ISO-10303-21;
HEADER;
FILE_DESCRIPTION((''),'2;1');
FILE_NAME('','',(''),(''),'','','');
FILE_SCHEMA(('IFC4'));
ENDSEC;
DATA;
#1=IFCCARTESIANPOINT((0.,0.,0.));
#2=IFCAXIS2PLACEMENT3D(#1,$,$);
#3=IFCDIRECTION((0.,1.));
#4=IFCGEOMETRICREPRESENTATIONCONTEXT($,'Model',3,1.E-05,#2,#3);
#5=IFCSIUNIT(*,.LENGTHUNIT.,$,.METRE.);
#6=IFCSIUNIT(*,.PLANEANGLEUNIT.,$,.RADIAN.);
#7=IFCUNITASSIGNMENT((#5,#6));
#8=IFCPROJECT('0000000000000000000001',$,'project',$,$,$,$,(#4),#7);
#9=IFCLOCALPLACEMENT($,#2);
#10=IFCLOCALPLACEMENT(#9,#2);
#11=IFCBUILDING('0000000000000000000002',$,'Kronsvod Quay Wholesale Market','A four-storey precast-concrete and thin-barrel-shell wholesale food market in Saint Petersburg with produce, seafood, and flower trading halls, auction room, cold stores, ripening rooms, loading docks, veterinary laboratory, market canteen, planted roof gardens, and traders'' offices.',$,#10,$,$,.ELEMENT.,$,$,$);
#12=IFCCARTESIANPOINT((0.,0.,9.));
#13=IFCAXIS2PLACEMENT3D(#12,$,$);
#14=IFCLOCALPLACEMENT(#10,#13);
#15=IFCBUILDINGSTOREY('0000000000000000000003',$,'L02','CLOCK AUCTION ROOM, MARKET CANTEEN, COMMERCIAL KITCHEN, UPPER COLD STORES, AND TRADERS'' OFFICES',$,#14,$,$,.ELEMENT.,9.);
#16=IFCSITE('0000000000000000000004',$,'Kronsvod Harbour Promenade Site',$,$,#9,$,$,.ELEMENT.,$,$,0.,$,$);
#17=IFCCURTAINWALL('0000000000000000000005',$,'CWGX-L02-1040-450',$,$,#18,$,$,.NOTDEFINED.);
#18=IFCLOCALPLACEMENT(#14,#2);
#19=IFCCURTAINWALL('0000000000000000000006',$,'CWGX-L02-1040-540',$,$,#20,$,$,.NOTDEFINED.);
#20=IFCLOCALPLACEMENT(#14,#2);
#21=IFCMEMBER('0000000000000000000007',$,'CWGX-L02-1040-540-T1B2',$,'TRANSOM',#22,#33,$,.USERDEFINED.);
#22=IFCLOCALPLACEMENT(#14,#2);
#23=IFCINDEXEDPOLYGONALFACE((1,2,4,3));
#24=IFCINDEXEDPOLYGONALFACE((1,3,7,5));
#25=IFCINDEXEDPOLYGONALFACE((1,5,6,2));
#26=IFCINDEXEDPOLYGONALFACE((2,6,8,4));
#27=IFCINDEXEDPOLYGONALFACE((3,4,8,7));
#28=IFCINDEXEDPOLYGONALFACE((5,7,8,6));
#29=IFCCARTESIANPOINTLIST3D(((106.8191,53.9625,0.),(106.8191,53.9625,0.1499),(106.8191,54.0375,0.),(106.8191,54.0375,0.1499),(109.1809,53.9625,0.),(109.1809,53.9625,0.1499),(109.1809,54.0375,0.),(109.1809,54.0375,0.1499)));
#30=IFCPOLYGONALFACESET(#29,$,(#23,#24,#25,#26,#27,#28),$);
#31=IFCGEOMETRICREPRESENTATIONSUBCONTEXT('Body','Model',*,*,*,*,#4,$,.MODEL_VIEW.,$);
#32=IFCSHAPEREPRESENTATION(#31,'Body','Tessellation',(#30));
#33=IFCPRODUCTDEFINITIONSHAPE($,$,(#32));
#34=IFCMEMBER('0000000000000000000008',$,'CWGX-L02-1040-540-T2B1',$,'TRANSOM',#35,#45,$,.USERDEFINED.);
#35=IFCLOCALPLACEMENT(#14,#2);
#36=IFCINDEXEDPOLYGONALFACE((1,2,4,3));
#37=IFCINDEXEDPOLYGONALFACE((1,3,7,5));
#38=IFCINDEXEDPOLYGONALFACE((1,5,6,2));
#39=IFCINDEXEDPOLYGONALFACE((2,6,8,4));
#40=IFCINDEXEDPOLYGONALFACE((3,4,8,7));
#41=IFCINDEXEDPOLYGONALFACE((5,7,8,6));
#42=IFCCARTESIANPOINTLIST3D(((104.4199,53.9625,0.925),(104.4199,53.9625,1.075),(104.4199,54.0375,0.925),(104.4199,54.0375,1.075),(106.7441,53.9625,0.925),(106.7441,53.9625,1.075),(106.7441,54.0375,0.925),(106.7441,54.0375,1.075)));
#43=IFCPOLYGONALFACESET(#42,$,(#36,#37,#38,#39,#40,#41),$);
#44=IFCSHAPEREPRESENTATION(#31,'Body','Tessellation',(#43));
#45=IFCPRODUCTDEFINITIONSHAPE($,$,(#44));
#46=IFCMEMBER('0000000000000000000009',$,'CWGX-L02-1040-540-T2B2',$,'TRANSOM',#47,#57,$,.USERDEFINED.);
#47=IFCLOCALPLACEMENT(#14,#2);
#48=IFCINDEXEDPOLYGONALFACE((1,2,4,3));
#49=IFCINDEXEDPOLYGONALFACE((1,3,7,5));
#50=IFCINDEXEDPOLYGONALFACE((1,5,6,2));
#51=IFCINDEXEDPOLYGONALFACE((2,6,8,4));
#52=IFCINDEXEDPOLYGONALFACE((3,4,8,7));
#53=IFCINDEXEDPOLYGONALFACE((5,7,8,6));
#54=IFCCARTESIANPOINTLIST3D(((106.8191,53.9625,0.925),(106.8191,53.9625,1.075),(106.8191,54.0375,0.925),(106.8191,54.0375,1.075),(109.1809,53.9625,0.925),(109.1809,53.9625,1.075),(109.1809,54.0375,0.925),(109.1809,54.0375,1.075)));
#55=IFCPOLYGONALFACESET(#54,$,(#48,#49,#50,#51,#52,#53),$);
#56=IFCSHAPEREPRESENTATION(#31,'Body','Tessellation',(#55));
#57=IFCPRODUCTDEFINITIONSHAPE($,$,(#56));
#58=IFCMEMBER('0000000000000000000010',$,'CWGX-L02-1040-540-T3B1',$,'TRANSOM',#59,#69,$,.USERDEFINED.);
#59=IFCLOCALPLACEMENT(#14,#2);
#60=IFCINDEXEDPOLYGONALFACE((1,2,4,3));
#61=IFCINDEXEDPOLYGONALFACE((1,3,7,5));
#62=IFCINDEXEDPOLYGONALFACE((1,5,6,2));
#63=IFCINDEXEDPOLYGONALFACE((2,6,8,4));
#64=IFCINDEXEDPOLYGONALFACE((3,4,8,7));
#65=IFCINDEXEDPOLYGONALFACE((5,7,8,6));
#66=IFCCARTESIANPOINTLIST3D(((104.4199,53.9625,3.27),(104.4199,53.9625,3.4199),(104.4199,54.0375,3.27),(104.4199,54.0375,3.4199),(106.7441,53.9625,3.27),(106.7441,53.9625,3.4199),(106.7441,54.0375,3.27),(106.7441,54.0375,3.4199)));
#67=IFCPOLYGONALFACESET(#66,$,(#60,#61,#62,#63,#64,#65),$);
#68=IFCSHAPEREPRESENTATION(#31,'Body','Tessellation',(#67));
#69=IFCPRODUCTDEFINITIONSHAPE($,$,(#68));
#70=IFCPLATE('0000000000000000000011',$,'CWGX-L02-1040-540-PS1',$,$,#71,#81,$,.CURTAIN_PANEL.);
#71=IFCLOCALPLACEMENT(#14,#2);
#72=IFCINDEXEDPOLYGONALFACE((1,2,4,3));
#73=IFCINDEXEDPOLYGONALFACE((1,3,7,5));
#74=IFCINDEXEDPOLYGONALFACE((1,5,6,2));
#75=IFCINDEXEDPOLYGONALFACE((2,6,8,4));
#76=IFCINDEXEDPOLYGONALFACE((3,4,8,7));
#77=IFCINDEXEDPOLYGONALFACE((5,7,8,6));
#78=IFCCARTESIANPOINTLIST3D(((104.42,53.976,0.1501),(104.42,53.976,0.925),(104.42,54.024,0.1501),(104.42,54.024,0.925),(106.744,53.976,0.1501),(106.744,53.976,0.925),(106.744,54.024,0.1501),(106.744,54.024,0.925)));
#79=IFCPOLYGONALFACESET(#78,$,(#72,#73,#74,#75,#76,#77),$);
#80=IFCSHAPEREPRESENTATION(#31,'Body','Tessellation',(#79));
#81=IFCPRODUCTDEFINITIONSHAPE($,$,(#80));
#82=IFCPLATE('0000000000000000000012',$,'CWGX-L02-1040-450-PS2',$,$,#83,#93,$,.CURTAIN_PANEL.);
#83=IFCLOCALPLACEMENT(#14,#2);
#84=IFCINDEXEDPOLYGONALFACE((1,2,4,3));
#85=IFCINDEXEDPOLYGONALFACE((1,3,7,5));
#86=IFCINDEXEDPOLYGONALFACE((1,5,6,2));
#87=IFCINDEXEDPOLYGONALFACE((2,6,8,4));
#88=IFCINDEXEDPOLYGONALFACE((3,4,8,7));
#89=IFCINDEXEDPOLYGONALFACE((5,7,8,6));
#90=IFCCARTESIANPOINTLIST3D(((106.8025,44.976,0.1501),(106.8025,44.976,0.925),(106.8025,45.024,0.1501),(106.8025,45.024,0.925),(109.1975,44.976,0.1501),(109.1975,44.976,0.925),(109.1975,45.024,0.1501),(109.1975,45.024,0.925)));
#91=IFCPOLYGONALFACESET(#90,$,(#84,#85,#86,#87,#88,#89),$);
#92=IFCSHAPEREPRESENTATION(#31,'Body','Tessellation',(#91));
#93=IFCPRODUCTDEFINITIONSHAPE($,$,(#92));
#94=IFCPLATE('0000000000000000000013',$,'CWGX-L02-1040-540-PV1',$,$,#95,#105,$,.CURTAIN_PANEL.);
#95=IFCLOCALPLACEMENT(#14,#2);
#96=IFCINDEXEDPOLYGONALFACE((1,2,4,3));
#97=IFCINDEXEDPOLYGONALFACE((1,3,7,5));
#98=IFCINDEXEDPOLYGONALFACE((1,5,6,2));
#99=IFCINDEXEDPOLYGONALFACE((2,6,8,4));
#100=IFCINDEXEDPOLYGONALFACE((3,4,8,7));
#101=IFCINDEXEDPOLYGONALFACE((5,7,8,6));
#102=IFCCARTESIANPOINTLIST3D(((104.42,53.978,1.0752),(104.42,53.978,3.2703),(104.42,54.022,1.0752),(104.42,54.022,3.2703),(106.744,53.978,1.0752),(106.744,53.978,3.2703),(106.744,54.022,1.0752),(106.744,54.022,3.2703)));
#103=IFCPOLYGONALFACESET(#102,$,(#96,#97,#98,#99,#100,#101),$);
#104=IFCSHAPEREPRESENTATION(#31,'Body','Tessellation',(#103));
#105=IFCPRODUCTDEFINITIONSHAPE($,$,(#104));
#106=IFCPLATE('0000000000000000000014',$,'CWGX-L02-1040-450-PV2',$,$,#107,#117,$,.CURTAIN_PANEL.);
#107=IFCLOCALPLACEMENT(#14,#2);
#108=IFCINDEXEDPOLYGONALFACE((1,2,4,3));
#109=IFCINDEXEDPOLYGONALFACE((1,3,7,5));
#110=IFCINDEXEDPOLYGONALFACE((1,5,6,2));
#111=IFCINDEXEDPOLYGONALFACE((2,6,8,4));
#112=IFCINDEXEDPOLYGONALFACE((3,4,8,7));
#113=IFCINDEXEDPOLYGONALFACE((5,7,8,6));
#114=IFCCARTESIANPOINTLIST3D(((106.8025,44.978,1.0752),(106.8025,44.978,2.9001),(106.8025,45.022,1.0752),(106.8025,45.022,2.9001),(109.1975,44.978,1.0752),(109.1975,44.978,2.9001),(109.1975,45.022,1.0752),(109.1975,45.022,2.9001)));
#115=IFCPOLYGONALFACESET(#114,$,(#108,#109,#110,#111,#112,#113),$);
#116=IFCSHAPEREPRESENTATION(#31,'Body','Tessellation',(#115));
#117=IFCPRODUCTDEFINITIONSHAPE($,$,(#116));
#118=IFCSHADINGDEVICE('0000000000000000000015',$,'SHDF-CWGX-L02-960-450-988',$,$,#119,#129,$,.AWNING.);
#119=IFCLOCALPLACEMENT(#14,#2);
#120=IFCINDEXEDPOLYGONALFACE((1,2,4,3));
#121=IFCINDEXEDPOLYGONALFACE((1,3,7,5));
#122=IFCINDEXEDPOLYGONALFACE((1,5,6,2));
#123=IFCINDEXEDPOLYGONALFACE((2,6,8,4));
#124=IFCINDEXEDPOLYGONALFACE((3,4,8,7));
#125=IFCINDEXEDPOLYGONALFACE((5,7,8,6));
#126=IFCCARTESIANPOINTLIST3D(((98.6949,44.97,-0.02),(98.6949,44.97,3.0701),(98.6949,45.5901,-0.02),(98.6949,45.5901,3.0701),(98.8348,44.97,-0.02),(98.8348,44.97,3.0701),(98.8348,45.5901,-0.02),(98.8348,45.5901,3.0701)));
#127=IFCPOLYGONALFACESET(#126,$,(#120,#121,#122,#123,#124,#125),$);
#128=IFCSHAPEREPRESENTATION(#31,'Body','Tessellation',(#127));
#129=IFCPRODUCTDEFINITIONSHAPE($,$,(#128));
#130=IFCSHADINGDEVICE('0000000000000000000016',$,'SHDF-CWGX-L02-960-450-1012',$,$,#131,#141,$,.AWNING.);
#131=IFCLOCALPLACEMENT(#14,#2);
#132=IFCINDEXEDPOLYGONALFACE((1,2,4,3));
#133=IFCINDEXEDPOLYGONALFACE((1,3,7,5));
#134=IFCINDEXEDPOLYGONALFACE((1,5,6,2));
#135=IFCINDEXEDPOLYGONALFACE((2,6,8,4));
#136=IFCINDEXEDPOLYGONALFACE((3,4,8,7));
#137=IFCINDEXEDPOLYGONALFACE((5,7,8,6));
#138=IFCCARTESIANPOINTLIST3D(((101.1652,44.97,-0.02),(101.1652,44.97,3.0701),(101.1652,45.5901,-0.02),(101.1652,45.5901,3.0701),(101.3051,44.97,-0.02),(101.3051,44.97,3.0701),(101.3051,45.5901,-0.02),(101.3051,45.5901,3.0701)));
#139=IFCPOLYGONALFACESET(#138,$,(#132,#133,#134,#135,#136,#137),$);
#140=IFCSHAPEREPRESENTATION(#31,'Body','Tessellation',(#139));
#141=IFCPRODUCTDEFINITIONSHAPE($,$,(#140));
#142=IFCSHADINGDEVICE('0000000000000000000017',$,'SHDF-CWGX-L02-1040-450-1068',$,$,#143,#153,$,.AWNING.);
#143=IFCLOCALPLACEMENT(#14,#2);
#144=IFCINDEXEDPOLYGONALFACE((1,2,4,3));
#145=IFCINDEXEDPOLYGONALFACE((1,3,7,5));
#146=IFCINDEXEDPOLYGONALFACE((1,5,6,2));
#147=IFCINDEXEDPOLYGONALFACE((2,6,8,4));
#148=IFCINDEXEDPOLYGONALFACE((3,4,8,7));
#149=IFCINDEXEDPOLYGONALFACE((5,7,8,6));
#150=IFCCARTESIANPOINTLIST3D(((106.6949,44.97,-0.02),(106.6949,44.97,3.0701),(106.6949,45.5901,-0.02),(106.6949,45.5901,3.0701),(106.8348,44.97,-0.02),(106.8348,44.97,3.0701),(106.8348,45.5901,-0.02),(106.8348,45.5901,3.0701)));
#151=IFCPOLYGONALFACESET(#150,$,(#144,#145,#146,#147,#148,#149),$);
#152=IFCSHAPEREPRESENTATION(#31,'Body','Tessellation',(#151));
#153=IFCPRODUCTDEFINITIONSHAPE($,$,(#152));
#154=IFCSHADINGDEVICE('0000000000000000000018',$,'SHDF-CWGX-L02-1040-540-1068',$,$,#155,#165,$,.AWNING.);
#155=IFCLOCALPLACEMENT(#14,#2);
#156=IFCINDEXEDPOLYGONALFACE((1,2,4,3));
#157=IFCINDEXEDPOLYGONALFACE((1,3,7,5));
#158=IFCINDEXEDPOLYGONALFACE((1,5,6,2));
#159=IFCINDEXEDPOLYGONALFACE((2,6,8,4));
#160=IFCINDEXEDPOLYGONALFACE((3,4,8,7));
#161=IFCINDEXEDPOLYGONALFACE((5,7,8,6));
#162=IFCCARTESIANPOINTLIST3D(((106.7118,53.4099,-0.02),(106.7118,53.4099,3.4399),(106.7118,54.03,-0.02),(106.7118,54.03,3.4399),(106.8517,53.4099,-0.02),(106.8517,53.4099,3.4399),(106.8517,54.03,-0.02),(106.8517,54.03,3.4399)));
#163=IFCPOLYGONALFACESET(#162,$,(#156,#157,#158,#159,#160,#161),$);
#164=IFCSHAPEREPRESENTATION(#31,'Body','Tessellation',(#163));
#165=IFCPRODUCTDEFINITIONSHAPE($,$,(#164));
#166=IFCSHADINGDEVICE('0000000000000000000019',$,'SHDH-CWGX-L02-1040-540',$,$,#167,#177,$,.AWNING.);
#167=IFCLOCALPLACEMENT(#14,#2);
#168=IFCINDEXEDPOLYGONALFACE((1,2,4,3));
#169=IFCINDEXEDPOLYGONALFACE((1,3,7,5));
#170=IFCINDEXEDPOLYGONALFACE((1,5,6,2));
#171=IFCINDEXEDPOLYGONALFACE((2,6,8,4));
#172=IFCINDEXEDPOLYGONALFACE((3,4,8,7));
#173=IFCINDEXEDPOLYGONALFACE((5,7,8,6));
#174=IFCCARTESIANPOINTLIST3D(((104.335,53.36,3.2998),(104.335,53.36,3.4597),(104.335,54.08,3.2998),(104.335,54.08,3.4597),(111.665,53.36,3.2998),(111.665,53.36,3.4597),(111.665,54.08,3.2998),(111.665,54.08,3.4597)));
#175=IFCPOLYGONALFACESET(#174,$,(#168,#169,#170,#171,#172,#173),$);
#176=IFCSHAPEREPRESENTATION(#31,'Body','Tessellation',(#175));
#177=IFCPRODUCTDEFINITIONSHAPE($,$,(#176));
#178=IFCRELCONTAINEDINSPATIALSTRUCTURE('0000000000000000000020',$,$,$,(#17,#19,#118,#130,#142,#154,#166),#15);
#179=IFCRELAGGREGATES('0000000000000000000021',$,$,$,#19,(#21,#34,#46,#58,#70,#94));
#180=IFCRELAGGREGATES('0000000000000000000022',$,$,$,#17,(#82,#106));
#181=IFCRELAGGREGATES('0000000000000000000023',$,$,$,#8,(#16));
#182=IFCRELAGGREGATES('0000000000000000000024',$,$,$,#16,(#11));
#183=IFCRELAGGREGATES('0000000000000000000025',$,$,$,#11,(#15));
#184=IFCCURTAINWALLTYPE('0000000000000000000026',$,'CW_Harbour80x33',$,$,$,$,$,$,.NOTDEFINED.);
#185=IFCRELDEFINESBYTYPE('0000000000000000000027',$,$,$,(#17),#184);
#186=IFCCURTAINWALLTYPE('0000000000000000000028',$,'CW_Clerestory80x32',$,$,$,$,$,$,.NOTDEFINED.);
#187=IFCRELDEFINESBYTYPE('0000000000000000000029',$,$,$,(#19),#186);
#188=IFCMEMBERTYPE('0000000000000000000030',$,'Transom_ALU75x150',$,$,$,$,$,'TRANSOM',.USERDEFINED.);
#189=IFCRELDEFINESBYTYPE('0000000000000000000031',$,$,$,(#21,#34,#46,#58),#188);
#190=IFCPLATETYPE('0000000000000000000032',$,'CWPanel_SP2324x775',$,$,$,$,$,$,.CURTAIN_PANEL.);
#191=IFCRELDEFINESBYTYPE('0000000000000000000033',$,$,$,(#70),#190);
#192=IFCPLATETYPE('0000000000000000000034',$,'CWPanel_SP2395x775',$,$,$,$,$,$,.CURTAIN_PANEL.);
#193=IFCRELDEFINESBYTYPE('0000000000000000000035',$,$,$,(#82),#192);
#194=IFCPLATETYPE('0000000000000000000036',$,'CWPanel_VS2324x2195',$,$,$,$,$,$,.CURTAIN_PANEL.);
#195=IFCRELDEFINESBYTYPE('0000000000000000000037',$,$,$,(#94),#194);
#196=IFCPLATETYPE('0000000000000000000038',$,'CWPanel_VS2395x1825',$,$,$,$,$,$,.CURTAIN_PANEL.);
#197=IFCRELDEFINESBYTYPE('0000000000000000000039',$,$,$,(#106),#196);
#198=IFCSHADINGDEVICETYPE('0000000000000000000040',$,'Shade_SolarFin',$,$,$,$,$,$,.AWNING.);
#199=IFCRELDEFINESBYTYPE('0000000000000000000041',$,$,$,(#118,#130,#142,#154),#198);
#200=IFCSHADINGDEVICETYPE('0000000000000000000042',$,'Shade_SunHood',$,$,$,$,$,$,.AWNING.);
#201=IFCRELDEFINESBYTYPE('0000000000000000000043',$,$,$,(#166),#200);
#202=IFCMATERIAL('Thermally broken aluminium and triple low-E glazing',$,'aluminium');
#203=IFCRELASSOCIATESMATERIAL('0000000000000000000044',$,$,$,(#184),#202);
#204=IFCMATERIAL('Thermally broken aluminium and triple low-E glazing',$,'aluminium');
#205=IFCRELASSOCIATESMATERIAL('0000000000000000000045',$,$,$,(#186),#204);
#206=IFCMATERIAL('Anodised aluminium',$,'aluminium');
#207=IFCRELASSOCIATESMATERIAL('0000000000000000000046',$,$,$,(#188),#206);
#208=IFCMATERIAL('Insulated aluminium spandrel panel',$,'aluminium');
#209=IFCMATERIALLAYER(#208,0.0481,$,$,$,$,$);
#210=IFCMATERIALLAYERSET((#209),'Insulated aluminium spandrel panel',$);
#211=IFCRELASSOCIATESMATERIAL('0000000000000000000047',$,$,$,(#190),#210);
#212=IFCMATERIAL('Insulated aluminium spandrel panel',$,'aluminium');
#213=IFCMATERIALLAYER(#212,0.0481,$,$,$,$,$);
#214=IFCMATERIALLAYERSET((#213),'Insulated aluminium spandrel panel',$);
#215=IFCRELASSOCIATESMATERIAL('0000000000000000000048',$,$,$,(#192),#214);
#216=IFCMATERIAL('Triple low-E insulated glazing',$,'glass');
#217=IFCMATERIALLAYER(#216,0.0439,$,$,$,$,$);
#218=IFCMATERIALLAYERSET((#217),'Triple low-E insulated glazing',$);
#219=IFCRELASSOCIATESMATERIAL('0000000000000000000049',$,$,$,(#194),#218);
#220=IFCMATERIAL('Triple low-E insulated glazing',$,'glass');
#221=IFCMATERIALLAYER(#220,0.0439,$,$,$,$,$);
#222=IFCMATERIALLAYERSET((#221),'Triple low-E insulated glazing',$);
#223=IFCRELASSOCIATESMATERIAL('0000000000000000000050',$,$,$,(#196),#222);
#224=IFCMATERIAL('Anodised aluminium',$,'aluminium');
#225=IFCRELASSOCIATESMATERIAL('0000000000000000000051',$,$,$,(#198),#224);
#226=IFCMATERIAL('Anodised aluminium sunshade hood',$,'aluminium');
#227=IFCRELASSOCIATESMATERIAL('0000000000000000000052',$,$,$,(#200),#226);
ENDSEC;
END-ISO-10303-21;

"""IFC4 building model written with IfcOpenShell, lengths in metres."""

from ifc_helpers import new_model, si_unit, direction, frame, origin, origin_2d, place, context, subcontext, project, spatial, rectangle, extrude, material, layer, layer_set, material_profile, profile_set, type_object, element, aggregate, save


model = new_model("IFC4")

# Units and contexts
model_context = context("Model", 3, precision=1e-05, world=origin(), true_north=direction((0.0, 1.0)))
body_context = subcontext(model_context, "Body", "Model", "MODEL_VIEW")
ifc_project = project(units=[si_unit("LENGTHUNIT", "METRE"), si_unit("PLANEANGLEUNIT", "RADIAN")], contexts=[model_context])

# Site, building, storey
site_placement = place(None, origin())
site = spatial("IfcSite", under=ifc_project, at=site_placement, Name="Kronsvod Harbour Promenade Site", CompositionType="ELEMENT", RefElevation=0.0)
building_placement = place(site_placement, origin())
building = spatial("IfcBuilding", under=site, at=building_placement, Name="Kronsvod Quay Wholesale Market", Description="A four-storey precast-concrete and thin-barrel-shell wholesale food market in Saint Petersburg with produce, seafood, and flower trading halls, auction room, cold stores, ripening rooms, loading docks, veterinary laboratory, market canteen, planted roof gardens, and traders' offices.", CompositionType="ELEMENT")
storey_placement = place(building_placement, frame((0.0, 0.0, 9.0)))
storey = spatial("IfcBuildingStorey", under=building, at=storey_placement, Name="L02", Description="CLOCK AUCTION ROOM, MARKET CANTEEN, COMMERCIAL KITCHEN, UPPER COLD STORES, AND TRADERS' OFFICES", CompositionType="ELEMENT", Elevation=9.0)

# Curtain wall
ifc_material_1 = material(Name="Thermally broken aluminium and triple low-E glazing", Category="aluminium")
curtain_wall_type_1 = type_object("IfcCurtainWallType", Name="CW_Harbour80x33", PredefinedType="NOTDEFINED", material=ifc_material_1)
curtain_wall_1_placement = place(storey_placement, origin())
curtain_wall_1 = element("IfcCurtainWall", 1, at=curtain_wall_1_placement, inside=storey, type_object=curtain_wall_type_1, Name="CWGX-L02-1040-450", PredefinedType="NOTDEFINED")

# Curtain wall
ifc_material_2 = material(Name="Thermally broken aluminium and triple low-E glazing", Category="aluminium")
curtain_wall_type_2 = type_object("IfcCurtainWallType", Name="CW_Clerestory80x32", PredefinedType="NOTDEFINED", material=ifc_material_2)
curtain_wall_2_placement = place(storey_placement, origin())
curtain_wall_2 = element("IfcCurtainWall", 2, at=curtain_wall_2_placement, inside=storey, type_object=curtain_wall_type_2, Name="CWGX-L02-1040-540", PredefinedType="NOTDEFINED")

# Members
ifc_material_3 = material(Name="Anodised aluminium", Category="aluminium")
ifc_material_profile_1 = material_profile(ifc_material_3, rectangle(XDim=0.075, YDim=0.1499, at=origin_2d()), Name="ALUT75x150")
ifc_profile_set_1 = profile_set([ifc_material_profile_1], Name="Anodised aluminium")
member_type_1 = type_object("IfcMemberType", Name="Transom_ALU75x150", ElementType="TRANSOM", PredefinedType="USERDEFINED", material=ifc_profile_set_1)
member_1_placement = place(storey_placement, frame((106.8191, 54.0, 0.075), z_axis=(1.0, 0.0, 0.0), x_axis=(0.0, 1.0, 0.0)))
member_1 = element("IfcMember", 3, at=member_1_placement, type_object=member_type_1, Name="CWGX-L02-1040-540-T1B2", ObjectType="TRANSOM", PredefinedType="USERDEFINED", context=body_context, shape_type="SweptSolid", body=[
    extrude(rectangle(XDim=0.075, YDim=0.1499, at=origin_2d()), origin(), (0.0, 0.0, 1.0), 2.3618),
])
member_2_placement = place(storey_placement, frame((104.4199, 54.0, 1.0), z_axis=(1.0, 0.0, 0.0), x_axis=(0.0, 1.0, 0.0)))
member_2 = element("IfcMember", 4, at=member_2_placement, type_object=member_type_1, Name="CWGX-L02-1040-540-T2B1", ObjectType="TRANSOM", PredefinedType="USERDEFINED", context=body_context, shape_type="SweptSolid", body=[
    extrude(rectangle(XDim=0.075, YDim=0.1499, at=origin_2d()), origin(), (0.0, 0.0, 1.0), 2.3242),
])
member_3_placement = place(storey_placement, frame((106.8191, 54.0, 1.0), z_axis=(1.0, 0.0, 0.0), x_axis=(0.0, 1.0, 0.0)))
member_3 = element("IfcMember", 5, at=member_3_placement, type_object=member_type_1, Name="CWGX-L02-1040-540-T2B2", ObjectType="TRANSOM", PredefinedType="USERDEFINED", context=body_context, shape_type="SweptSolid", body=[
    extrude(rectangle(XDim=0.075, YDim=0.1499, at=origin_2d()), origin(), (0.0, 0.0, 1.0), 2.3618),
])
member_4_placement = place(storey_placement, frame((104.4199, 54.0, 3.345), z_axis=(1.0, 0.0, 0.0), x_axis=(0.0, 1.0, 0.0)))
member_4 = element("IfcMember", 6, at=member_4_placement, type_object=member_type_1, Name="CWGX-L02-1040-540-T3B1", ObjectType="TRANSOM", PredefinedType="USERDEFINED", context=body_context, shape_type="SweptSolid", body=[
    extrude(rectangle(XDim=0.075, YDim=0.1499, at=origin_2d()), origin(), (0.0, 0.0, 1.0), 2.3242),
])

# Plates
ifc_material_4 = material(Name="Insulated aluminium spandrel panel", Category="aluminium")
ifc_layer_1 = layer(ifc_material_4, 0.0481)
ifc_layer_set_1 = layer_set([ifc_layer_1], Name="Insulated aluminium spandrel panel")
plate_type_1 = type_object("IfcPlateType", Name="CWPanel_SP2324x775", PredefinedType="CURTAIN_PANEL", material=ifc_layer_set_1)
plate_1_placement = place(storey_placement, frame((105.582, 54.0, 0.1501), z_axis=(0.0, 0.0, 1.0), x_axis=(1.0, 0.0, 0.0)))
plate_1 = element("IfcPlate", 7, at=plate_1_placement, type_object=plate_type_1, Name="CWGX-L02-1040-540-PS1", PredefinedType="CURTAIN_PANEL", context=body_context, shape_type="SweptSolid", body=[
    extrude(rectangle(XDim=2.324, YDim=0.0481, at=origin_2d()), origin(), (0.0, 0.0, 1.0), 0.7749),
])
ifc_material_5 = material(Name="Insulated aluminium spandrel panel", Category="aluminium")
ifc_layer_2 = layer(ifc_material_5, 0.0481)
ifc_layer_set_2 = layer_set([ifc_layer_2], Name="Insulated aluminium spandrel panel")
plate_type_2 = type_object("IfcPlateType", Name="CWPanel_SP2395x775", PredefinedType="CURTAIN_PANEL", material=ifc_layer_set_2)
plate_2_placement = place(storey_placement, frame((108.0, 45.0, 0.1501), z_axis=(0.0, 0.0, 1.0), x_axis=(-1.0, 0.0, 0.0)))
plate_2 = element("IfcPlate", 8, at=plate_2_placement, type_object=plate_type_2, Name="CWGX-L02-1040-450-PS2", PredefinedType="CURTAIN_PANEL", context=body_context, shape_type="SweptSolid", body=[
    extrude(rectangle(XDim=2.395, YDim=0.0481, at=origin_2d()), origin(), (0.0, 0.0, 1.0), 0.7749),
])
ifc_material_6 = material(Name="Triple low-E insulated glazing", Category="glass")
ifc_layer_3 = layer(ifc_material_6, 0.0439)
ifc_layer_set_3 = layer_set([ifc_layer_3], Name="Triple low-E insulated glazing")
plate_type_3 = type_object("IfcPlateType", Name="CWPanel_VS2324x2195", PredefinedType="CURTAIN_PANEL", material=ifc_layer_set_3)
plate_3_placement = place(storey_placement, frame((105.582, 54.0, 1.0752), z_axis=(0.0, 0.0, 1.0), x_axis=(1.0, 0.0, 0.0)))
plate_3 = element("IfcPlate", 9, at=plate_3_placement, type_object=plate_type_3, Name="CWGX-L02-1040-540-PV1", PredefinedType="CURTAIN_PANEL", context=body_context, shape_type="SweptSolid", body=[
    extrude(rectangle(XDim=2.324, YDim=0.0439, at=origin_2d()), origin(), (0.0, 0.0, 1.0), 2.1951),
])
aggregate(curtain_wall_2, [member_1, member_2, member_3, member_4, plate_1, plate_3])
ifc_material_7 = material(Name="Triple low-E insulated glazing", Category="glass")
ifc_layer_4 = layer(ifc_material_7, 0.0439)
ifc_layer_set_4 = layer_set([ifc_layer_4], Name="Triple low-E insulated glazing")
plate_type_4 = type_object("IfcPlateType", Name="CWPanel_VS2395x1825", PredefinedType="CURTAIN_PANEL", material=ifc_layer_set_4)
plate_4_placement = place(storey_placement, frame((108.0, 45.0, 1.0752), z_axis=(0.0, 0.0, 1.0), x_axis=(-1.0, 0.0, 0.0)))
plate_4 = element("IfcPlate", 10, at=plate_4_placement, type_object=plate_type_4, Name="CWGX-L02-1040-450-PV2", PredefinedType="CURTAIN_PANEL", context=body_context, shape_type="SweptSolid", body=[
    extrude(rectangle(XDim=2.395, YDim=0.0439, at=origin_2d()), origin(), (0.0, 0.0, 1.0), 1.825),
])
aggregate(curtain_wall_1, [plate_2, plate_4])

# Shading devices
ifc_material_8 = material(Name="Anodised aluminium", Category="aluminium")
shading_device_type_1 = type_object("IfcShadingDeviceType", Name="Shade_SolarFin", PredefinedType="AWNING", material=ifc_material_8)
for number, where, z_axis, x_axis, name in (
    (11, (98.7649, 45.28, -0.02), (0.0, 0.0, 1.0), (1.0, 0.0, 0.0), "SHDF-CWGX-L02-960-450-988"),
    (12, (101.2351, 45.28, -0.02), (0.0, 0.0, 1.0), (1.0, 0.0, 0.0), "SHDF-CWGX-L02-960-450-1012"),
    (13, (106.7649, 45.28, -0.02), (0.0, 0.0, 1.0), (1.0, 0.0, 0.0), "SHDF-CWGX-L02-1040-450-1068"),
):
    element("IfcShadingDevice", number, at=place(storey_placement, frame(where, z_axis=z_axis, x_axis=x_axis)), inside=storey, type_object=shading_device_type_1, Name=name, PredefinedType="AWNING", context=body_context, shape_type="SweptSolid", body=[
        extrude(rectangle(XDim=0.1399, YDim=0.6201, at=origin_2d()), origin(), (0.0, 0.0, 1.0), 3.0901),
    ])
shading_device_1_placement = place(storey_placement, frame((106.7817, 53.72, -0.02), z_axis=(0.0, 0.0, 1.0), x_axis=(1.0, 0.0, 0.0)))
element("IfcShadingDevice", 14, at=shading_device_1_placement, inside=storey, type_object=shading_device_type_1, Name="SHDF-CWGX-L02-1040-540-1068", PredefinedType="AWNING", context=body_context, shape_type="SweptSolid", body=[
    extrude(rectangle(XDim=0.1399, YDim=0.6201, at=origin_2d()), origin(), (0.0, 0.0, 1.0), 3.46),
])
ifc_material_9 = material(Name="Anodised aluminium sunshade hood", Category="aluminium")
shading_device_type_2 = type_object("IfcShadingDeviceType", Name="Shade_SunHood", PredefinedType="AWNING", material=ifc_material_9)
shading_device_2_placement = place(storey_placement, frame((108.0, 53.72, 3.2998), z_axis=(0.0, 0.0, 1.0), x_axis=(1.0, 0.0, 0.0)))
element("IfcShadingDevice", 15, at=shading_device_2_placement, inside=storey, type_object=shading_device_type_2, Name="SHDH-CWGX-L02-1040-540", PredefinedType="AWNING", context=body_context, shape_type="SweptSolid", body=[
    extrude(rectangle(XDim=7.3301, YDim=0.72, at=origin_2d()), origin(), (0.0, 0.0, 1.0), 0.1599),
])

save(model, "model.ifc")
